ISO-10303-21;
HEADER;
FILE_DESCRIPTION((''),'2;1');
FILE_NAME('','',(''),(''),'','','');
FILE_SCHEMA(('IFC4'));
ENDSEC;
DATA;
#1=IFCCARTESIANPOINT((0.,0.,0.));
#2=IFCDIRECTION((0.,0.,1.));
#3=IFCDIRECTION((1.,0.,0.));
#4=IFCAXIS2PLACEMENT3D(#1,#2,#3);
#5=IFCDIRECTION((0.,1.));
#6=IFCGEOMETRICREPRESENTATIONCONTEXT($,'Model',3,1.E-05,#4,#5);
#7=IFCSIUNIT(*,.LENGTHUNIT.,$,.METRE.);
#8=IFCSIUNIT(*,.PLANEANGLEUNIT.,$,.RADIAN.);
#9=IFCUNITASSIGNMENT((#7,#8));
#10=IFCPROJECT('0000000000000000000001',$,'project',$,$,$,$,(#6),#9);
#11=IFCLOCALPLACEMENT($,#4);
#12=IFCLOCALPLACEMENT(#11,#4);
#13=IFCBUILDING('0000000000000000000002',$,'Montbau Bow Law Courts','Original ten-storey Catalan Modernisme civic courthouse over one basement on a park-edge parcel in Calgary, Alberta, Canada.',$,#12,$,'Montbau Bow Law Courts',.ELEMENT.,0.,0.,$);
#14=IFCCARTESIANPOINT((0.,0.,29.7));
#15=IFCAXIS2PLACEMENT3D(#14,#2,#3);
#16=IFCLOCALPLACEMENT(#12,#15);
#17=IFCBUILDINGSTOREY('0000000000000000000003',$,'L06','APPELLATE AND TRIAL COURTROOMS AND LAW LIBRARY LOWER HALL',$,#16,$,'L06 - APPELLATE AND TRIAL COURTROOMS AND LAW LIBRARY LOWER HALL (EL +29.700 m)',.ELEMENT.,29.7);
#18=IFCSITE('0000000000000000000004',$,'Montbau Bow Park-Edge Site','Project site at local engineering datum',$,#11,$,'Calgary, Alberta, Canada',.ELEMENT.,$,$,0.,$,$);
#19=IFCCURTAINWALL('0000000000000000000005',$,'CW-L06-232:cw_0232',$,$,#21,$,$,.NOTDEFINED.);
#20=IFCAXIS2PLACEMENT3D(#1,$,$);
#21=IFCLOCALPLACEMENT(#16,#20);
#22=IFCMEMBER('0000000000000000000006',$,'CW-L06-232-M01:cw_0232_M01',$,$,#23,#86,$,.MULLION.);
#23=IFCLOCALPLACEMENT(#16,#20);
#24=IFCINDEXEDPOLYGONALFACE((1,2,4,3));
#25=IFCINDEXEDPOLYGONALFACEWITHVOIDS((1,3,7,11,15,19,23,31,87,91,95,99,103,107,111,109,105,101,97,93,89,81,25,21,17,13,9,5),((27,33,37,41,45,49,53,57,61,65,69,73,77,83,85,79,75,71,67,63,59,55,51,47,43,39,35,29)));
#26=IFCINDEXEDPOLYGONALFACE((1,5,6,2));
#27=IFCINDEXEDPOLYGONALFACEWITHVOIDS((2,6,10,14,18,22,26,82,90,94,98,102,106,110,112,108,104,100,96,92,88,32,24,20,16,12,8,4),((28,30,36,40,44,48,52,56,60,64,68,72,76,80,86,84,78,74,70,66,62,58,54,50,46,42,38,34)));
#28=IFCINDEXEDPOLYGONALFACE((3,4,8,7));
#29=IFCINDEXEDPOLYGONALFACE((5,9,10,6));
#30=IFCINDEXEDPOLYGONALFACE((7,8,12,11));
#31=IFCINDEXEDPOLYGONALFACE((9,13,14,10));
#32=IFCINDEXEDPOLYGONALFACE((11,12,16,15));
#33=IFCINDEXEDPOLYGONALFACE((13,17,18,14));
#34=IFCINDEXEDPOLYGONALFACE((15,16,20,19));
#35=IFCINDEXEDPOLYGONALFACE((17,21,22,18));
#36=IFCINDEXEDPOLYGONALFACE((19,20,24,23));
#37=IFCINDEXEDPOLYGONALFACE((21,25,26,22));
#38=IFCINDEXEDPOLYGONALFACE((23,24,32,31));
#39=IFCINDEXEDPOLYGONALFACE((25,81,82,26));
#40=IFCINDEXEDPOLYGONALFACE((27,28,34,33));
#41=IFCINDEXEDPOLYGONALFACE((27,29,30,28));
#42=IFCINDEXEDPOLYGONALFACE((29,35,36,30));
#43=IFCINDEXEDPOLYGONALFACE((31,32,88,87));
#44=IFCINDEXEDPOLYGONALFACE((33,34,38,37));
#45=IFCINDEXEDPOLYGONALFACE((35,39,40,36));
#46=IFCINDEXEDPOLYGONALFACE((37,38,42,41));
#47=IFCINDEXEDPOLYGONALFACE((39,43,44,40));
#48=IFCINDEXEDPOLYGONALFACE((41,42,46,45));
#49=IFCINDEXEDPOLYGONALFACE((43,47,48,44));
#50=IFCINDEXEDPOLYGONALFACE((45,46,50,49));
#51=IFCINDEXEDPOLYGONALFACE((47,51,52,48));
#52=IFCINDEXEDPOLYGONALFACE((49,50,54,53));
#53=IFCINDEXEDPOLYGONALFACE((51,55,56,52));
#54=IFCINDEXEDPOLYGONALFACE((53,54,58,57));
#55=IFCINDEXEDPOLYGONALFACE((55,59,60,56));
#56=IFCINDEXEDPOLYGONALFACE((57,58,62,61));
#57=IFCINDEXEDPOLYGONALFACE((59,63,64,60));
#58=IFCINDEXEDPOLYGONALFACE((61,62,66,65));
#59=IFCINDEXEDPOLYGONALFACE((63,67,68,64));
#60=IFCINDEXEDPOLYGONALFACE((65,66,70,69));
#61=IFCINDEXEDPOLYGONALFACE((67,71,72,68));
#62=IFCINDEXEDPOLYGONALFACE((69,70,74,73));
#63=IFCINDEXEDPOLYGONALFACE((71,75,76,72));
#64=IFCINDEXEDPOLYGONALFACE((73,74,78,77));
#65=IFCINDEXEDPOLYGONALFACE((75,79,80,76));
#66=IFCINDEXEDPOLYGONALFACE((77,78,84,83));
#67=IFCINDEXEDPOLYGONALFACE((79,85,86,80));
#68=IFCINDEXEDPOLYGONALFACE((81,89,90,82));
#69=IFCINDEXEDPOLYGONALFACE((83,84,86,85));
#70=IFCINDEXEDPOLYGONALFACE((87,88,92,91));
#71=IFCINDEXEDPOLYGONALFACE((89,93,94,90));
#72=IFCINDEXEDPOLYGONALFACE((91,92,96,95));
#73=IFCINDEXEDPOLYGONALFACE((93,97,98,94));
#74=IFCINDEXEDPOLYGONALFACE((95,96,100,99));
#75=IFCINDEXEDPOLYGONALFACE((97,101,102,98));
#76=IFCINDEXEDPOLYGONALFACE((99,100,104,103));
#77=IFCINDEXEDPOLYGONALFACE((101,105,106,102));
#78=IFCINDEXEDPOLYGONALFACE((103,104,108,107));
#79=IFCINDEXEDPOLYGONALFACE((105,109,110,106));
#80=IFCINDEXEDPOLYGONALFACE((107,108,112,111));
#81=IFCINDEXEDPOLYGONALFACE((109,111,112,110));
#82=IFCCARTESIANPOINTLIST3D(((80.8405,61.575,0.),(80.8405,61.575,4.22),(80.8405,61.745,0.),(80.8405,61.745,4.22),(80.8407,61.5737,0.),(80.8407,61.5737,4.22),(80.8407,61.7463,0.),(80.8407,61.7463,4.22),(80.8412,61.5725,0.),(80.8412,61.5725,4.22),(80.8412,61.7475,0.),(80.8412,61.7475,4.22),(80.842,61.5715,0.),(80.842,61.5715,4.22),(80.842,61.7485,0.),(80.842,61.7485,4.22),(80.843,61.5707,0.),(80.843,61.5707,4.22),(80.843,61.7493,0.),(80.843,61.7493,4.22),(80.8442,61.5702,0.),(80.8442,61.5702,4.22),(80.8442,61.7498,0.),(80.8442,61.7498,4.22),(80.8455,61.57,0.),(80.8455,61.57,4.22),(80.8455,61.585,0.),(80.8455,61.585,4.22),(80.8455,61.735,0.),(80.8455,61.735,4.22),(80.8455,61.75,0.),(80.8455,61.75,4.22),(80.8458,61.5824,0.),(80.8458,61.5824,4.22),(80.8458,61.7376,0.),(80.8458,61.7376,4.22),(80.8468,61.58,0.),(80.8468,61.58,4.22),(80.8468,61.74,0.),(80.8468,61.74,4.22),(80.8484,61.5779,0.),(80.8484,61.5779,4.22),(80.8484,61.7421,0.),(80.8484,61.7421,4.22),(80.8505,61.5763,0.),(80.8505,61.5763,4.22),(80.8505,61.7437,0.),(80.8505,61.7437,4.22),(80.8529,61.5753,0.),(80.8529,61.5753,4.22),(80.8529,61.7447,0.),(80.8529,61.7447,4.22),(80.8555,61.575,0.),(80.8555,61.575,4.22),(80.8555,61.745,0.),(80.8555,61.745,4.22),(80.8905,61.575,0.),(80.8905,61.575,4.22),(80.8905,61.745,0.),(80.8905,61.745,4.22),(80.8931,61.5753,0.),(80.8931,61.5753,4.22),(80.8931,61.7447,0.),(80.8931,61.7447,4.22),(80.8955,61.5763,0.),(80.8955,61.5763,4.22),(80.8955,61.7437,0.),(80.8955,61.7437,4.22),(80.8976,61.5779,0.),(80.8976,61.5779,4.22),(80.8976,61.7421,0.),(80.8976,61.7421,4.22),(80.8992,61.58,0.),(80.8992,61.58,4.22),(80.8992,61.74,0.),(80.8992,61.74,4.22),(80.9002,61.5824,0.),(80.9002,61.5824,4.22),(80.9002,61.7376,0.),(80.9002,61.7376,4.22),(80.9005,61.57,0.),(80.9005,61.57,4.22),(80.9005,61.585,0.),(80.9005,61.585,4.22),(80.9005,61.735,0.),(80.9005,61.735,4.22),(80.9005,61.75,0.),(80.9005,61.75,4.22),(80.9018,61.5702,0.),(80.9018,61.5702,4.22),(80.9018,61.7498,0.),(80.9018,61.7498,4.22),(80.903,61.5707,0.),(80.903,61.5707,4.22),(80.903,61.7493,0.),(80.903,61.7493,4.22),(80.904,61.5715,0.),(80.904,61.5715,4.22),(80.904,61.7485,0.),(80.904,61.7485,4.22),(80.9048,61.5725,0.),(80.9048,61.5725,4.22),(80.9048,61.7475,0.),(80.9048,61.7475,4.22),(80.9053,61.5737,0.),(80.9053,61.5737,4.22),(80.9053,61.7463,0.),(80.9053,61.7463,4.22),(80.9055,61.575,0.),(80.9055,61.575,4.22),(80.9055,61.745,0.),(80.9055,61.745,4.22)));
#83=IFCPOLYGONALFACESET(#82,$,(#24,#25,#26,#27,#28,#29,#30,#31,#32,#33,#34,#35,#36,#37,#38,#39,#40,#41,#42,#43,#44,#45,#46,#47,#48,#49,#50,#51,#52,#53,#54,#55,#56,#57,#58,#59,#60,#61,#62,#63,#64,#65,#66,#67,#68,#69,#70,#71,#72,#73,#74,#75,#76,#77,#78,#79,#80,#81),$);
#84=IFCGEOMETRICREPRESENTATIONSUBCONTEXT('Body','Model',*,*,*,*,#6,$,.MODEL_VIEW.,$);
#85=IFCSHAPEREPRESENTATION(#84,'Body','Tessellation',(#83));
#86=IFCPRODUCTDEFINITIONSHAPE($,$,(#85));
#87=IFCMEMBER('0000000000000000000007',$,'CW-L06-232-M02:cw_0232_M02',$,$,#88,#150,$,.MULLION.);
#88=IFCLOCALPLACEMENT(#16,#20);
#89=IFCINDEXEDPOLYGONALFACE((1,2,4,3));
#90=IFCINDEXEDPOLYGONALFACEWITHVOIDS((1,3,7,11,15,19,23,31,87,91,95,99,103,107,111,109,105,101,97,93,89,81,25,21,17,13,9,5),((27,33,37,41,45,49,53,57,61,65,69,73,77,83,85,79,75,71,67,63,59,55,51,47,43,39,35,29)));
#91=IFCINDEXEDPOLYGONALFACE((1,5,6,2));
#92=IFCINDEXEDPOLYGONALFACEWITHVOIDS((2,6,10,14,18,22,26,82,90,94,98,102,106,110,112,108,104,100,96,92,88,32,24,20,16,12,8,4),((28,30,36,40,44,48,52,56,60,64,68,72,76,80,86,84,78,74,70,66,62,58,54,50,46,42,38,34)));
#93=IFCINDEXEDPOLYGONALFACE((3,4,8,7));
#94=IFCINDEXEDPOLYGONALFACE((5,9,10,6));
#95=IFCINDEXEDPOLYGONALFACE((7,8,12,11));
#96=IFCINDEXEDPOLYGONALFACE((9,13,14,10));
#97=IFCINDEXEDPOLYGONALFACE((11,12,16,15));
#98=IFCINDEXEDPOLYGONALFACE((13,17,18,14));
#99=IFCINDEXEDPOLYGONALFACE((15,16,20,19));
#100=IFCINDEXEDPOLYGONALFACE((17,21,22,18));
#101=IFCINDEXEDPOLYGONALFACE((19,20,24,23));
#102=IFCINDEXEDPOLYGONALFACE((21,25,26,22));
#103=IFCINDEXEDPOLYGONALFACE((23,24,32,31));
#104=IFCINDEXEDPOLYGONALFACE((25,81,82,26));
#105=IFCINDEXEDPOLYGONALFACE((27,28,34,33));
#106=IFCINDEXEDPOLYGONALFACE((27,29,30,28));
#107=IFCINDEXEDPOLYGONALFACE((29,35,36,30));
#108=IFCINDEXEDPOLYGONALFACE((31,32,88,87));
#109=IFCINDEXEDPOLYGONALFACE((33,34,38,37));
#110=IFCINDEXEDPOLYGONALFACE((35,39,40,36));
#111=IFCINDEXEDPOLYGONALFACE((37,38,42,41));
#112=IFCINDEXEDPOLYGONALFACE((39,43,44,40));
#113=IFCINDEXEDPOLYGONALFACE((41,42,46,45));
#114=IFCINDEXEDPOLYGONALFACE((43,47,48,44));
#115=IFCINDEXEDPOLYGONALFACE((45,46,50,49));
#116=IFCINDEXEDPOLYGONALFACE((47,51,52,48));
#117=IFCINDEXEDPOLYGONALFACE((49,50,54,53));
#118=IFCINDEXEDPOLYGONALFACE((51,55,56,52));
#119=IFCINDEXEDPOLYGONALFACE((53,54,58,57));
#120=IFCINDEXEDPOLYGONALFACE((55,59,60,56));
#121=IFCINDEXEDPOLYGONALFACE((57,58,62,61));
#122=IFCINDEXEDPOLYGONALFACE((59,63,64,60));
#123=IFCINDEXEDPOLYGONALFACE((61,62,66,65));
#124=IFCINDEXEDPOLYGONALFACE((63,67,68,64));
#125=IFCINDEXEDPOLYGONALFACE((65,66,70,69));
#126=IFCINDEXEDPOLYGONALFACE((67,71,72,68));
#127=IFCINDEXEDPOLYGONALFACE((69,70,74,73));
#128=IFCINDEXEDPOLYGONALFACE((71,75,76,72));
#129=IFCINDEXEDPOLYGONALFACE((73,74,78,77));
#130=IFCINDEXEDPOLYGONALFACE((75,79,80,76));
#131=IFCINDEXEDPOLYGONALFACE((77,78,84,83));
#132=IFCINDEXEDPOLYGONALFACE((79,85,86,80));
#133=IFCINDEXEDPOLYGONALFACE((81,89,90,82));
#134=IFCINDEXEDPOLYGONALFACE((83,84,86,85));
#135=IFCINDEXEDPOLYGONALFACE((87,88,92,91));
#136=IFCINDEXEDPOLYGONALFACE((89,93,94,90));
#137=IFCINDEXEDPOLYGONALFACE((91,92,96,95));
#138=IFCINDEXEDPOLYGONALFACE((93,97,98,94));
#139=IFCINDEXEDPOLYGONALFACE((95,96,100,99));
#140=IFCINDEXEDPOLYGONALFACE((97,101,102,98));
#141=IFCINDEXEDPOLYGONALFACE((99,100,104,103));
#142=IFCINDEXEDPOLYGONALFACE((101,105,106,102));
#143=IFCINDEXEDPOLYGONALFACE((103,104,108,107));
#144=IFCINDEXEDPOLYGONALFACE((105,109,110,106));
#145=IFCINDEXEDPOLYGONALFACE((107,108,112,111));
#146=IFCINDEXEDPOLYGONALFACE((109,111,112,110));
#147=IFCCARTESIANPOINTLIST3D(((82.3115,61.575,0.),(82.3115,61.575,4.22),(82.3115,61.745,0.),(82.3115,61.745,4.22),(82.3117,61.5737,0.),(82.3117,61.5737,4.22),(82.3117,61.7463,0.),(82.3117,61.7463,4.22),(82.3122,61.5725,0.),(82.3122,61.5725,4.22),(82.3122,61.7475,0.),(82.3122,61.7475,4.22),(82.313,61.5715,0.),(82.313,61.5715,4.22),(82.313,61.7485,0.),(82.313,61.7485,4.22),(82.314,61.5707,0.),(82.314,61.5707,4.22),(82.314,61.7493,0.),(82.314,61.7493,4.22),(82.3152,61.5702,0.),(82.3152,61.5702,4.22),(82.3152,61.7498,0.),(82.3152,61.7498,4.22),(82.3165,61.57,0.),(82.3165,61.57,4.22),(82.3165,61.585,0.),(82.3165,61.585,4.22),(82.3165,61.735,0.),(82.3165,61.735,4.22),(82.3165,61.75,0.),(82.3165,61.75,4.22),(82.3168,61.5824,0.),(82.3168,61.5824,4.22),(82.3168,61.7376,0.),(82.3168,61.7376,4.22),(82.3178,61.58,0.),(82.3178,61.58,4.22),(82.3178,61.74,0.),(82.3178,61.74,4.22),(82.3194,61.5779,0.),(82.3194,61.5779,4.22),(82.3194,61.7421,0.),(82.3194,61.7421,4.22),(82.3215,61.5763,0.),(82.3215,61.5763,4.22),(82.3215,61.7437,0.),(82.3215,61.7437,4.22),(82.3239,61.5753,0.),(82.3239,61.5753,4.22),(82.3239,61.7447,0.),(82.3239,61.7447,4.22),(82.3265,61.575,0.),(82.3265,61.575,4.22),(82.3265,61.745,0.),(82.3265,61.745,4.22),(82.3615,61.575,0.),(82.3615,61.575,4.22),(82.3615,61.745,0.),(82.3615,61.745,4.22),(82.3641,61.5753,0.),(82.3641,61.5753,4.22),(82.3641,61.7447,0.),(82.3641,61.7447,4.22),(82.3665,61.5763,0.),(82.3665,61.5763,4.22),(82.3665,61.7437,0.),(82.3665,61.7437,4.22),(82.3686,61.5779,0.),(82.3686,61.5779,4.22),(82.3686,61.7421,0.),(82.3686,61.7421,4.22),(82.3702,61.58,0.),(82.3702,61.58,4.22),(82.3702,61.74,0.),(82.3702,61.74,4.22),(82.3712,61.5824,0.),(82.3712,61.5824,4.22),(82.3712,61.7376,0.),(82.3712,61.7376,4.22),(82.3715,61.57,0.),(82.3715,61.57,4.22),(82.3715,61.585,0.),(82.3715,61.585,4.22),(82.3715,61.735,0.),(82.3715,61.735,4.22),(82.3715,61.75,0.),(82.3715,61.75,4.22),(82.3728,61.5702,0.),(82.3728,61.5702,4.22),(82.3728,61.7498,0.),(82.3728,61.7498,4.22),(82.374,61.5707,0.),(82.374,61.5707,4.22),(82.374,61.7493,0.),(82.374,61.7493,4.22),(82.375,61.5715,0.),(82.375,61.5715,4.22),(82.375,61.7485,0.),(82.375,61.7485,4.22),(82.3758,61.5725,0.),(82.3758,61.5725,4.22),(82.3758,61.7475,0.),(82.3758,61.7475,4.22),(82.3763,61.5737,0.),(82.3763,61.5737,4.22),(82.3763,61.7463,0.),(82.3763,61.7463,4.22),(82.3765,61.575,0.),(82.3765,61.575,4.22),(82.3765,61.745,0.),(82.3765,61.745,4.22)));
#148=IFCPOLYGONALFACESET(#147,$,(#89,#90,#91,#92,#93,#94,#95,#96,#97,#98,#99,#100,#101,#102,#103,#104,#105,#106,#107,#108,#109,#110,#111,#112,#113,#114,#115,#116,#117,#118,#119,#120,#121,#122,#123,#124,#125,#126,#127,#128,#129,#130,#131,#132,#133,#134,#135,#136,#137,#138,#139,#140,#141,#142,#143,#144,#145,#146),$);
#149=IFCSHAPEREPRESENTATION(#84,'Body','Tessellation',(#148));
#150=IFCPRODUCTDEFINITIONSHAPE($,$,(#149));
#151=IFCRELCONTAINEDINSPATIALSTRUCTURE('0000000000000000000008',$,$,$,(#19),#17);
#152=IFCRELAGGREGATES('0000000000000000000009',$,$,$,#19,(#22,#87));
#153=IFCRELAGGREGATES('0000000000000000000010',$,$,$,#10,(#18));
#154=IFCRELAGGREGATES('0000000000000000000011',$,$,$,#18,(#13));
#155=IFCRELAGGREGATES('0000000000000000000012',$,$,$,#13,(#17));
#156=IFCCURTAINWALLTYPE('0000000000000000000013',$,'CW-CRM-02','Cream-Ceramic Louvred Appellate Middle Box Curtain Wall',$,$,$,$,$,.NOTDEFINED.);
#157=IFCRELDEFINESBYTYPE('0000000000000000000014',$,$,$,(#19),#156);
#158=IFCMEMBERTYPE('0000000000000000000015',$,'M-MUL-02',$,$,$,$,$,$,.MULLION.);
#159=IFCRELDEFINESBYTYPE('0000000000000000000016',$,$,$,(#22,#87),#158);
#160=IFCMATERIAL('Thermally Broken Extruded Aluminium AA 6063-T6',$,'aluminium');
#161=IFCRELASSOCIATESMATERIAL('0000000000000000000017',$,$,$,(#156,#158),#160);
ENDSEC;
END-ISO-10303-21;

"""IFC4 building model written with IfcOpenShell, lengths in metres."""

from ifc_helpers import new_model, si_unit, direction, frame, origin_with_axes, origin_2d_with_axis, place, context, subcontext, project, spatial, hollow_rectangle, extrude, material, material_profile, profile_set, type_object, element, aggregate, save


model = new_model("IFC4")

# Units and contexts
model_context = context("Model", 3, precision=1e-05, world=origin_with_axes(), true_north=direction((0.0, 1.0)))
body_context = subcontext(model_context, "Body", "Model", "MODEL_VIEW")
ifc_project = project(units=[si_unit("LENGTHUNIT", "METRE"), si_unit("PLANEANGLEUNIT", "RADIAN")], contexts=[model_context])

# Site, building, storey
site_placement = place(None, origin_with_axes())
site = spatial("IfcSite", under=ifc_project, at=site_placement, Name="Montbau Bow Park-Edge Site", Description="Project site at local engineering datum", LongName="Calgary, Alberta, Canada", CompositionType="ELEMENT", RefElevation=0.0)
building_placement = place(site_placement, origin_with_axes())
building = spatial("IfcBuilding", under=site, at=building_placement, Name="Montbau Bow Law Courts", Description="Original ten-storey Catalan Modernisme civic courthouse over one basement on a park-edge parcel in Calgary, Alberta, Canada.", LongName="Montbau Bow Law Courts", CompositionType="ELEMENT", ElevationOfRefHeight=0.0, ElevationOfTerrain=0.0)
storey_placement = place(building_placement, frame((0.0, 0.0, 29.7), z_axis=(0.0, 0.0, 1.0), x_axis=(1.0, 0.0, 0.0)))
storey = spatial("IfcBuildingStorey", under=building, at=storey_placement, Name="L06", Description="APPELLATE AND TRIAL COURTROOMS AND LAW LIBRARY LOWER HALL", LongName="L06 - APPELLATE AND TRIAL COURTROOMS AND LAW LIBRARY LOWER HALL (EL +29.700 m)", CompositionType="ELEMENT", Elevation=29.7)

# Shared definitions
ifc_material_1 = material(Name="Thermally Broken Extruded Aluminium AA 6063-T6", Category="aluminium")
curtain_wall_type = type_object("IfcCurtainWallType", Name="CW-CRM-02", Description="Cream-Ceramic Louvred Appellate Middle Box Curtain Wall", PredefinedType="NOTDEFINED", material=ifc_material_1)

# Curtain wall, members
curtain_wall_1_placement = place(None, frame((80.84, 61.66, 29.7), z_axis=(0.0, 0.0, 1.0), x_axis=(1.0, 0.0, 0.0)))
curtain_wall_1 = element("IfcCurtainWall", 1, at=curtain_wall_1_placement, inside=storey, type_object=curtain_wall_type, Name="CW-L06-232:cw_0232", PredefinedType="NOTDEFINED")
ifc_material_profile_1 = material_profile(ifc_material_1, hollow_rectangle(XDim=0.065, YDim=0.18, WallThickness=0.005, InnerFilletRadius=0.01, OuterFilletRadius=0.005, at=origin_2d_with_axis()), Name="CWM-180X65", Category="Main", Priority=0)
ifc_profile_set_1 = profile_set([ifc_material_profile_1], Name="Thermally Broken Extruded Aluminium AA 6063-T6")
member_type_1 = type_object("IfcMemberType", Name="M-MUL-02", PredefinedType="MULLION", material=ifc_profile_set_1)
member_1_placement = place(None, frame((80.873, 61.66, 29.7), z_axis=(0.0, 0.0, 1.0), x_axis=(1.0, 0.0, 0.0)))
member_1 = element("IfcMember", 2, at=member_1_placement, type_object=member_type_1, Name="CW-L06-232-M01:cw_0232_M01", PredefinedType="MULLION", context=body_context, shape_type="SweptSolid", body=[
    extrude(hollow_rectangle(XDim=0.065, YDim=0.18, WallThickness=0.005, InnerFilletRadius=0.01, OuterFilletRadius=0.005, at=origin_2d_with_axis()), origin_with_axes(), (0.0, 0.0, 1.0), 4.22),
])
member_2_placement = place(None, frame((82.344, 61.66, 29.7), z_axis=(0.0, 0.0, 1.0), x_axis=(1.0, 0.0, 0.0)))
member_2 = element("IfcMember", 3, at=member_2_placement, type_object=member_type_1, Name="CW-L06-232-M02:cw_0232_M02", PredefinedType="MULLION", context=body_context, shape_type="SweptSolid", body=[
    extrude(hollow_rectangle(XDim=0.065, YDim=0.18, WallThickness=0.005, InnerFilletRadius=0.01, OuterFilletRadius=0.005, at=origin_2d_with_axis()), origin_with_axes(), (0.0, 0.0, 1.0), 4.22),
])

aggregate(curtain_wall_1, [member_1, member_2])

save(model, "model.ifc")
